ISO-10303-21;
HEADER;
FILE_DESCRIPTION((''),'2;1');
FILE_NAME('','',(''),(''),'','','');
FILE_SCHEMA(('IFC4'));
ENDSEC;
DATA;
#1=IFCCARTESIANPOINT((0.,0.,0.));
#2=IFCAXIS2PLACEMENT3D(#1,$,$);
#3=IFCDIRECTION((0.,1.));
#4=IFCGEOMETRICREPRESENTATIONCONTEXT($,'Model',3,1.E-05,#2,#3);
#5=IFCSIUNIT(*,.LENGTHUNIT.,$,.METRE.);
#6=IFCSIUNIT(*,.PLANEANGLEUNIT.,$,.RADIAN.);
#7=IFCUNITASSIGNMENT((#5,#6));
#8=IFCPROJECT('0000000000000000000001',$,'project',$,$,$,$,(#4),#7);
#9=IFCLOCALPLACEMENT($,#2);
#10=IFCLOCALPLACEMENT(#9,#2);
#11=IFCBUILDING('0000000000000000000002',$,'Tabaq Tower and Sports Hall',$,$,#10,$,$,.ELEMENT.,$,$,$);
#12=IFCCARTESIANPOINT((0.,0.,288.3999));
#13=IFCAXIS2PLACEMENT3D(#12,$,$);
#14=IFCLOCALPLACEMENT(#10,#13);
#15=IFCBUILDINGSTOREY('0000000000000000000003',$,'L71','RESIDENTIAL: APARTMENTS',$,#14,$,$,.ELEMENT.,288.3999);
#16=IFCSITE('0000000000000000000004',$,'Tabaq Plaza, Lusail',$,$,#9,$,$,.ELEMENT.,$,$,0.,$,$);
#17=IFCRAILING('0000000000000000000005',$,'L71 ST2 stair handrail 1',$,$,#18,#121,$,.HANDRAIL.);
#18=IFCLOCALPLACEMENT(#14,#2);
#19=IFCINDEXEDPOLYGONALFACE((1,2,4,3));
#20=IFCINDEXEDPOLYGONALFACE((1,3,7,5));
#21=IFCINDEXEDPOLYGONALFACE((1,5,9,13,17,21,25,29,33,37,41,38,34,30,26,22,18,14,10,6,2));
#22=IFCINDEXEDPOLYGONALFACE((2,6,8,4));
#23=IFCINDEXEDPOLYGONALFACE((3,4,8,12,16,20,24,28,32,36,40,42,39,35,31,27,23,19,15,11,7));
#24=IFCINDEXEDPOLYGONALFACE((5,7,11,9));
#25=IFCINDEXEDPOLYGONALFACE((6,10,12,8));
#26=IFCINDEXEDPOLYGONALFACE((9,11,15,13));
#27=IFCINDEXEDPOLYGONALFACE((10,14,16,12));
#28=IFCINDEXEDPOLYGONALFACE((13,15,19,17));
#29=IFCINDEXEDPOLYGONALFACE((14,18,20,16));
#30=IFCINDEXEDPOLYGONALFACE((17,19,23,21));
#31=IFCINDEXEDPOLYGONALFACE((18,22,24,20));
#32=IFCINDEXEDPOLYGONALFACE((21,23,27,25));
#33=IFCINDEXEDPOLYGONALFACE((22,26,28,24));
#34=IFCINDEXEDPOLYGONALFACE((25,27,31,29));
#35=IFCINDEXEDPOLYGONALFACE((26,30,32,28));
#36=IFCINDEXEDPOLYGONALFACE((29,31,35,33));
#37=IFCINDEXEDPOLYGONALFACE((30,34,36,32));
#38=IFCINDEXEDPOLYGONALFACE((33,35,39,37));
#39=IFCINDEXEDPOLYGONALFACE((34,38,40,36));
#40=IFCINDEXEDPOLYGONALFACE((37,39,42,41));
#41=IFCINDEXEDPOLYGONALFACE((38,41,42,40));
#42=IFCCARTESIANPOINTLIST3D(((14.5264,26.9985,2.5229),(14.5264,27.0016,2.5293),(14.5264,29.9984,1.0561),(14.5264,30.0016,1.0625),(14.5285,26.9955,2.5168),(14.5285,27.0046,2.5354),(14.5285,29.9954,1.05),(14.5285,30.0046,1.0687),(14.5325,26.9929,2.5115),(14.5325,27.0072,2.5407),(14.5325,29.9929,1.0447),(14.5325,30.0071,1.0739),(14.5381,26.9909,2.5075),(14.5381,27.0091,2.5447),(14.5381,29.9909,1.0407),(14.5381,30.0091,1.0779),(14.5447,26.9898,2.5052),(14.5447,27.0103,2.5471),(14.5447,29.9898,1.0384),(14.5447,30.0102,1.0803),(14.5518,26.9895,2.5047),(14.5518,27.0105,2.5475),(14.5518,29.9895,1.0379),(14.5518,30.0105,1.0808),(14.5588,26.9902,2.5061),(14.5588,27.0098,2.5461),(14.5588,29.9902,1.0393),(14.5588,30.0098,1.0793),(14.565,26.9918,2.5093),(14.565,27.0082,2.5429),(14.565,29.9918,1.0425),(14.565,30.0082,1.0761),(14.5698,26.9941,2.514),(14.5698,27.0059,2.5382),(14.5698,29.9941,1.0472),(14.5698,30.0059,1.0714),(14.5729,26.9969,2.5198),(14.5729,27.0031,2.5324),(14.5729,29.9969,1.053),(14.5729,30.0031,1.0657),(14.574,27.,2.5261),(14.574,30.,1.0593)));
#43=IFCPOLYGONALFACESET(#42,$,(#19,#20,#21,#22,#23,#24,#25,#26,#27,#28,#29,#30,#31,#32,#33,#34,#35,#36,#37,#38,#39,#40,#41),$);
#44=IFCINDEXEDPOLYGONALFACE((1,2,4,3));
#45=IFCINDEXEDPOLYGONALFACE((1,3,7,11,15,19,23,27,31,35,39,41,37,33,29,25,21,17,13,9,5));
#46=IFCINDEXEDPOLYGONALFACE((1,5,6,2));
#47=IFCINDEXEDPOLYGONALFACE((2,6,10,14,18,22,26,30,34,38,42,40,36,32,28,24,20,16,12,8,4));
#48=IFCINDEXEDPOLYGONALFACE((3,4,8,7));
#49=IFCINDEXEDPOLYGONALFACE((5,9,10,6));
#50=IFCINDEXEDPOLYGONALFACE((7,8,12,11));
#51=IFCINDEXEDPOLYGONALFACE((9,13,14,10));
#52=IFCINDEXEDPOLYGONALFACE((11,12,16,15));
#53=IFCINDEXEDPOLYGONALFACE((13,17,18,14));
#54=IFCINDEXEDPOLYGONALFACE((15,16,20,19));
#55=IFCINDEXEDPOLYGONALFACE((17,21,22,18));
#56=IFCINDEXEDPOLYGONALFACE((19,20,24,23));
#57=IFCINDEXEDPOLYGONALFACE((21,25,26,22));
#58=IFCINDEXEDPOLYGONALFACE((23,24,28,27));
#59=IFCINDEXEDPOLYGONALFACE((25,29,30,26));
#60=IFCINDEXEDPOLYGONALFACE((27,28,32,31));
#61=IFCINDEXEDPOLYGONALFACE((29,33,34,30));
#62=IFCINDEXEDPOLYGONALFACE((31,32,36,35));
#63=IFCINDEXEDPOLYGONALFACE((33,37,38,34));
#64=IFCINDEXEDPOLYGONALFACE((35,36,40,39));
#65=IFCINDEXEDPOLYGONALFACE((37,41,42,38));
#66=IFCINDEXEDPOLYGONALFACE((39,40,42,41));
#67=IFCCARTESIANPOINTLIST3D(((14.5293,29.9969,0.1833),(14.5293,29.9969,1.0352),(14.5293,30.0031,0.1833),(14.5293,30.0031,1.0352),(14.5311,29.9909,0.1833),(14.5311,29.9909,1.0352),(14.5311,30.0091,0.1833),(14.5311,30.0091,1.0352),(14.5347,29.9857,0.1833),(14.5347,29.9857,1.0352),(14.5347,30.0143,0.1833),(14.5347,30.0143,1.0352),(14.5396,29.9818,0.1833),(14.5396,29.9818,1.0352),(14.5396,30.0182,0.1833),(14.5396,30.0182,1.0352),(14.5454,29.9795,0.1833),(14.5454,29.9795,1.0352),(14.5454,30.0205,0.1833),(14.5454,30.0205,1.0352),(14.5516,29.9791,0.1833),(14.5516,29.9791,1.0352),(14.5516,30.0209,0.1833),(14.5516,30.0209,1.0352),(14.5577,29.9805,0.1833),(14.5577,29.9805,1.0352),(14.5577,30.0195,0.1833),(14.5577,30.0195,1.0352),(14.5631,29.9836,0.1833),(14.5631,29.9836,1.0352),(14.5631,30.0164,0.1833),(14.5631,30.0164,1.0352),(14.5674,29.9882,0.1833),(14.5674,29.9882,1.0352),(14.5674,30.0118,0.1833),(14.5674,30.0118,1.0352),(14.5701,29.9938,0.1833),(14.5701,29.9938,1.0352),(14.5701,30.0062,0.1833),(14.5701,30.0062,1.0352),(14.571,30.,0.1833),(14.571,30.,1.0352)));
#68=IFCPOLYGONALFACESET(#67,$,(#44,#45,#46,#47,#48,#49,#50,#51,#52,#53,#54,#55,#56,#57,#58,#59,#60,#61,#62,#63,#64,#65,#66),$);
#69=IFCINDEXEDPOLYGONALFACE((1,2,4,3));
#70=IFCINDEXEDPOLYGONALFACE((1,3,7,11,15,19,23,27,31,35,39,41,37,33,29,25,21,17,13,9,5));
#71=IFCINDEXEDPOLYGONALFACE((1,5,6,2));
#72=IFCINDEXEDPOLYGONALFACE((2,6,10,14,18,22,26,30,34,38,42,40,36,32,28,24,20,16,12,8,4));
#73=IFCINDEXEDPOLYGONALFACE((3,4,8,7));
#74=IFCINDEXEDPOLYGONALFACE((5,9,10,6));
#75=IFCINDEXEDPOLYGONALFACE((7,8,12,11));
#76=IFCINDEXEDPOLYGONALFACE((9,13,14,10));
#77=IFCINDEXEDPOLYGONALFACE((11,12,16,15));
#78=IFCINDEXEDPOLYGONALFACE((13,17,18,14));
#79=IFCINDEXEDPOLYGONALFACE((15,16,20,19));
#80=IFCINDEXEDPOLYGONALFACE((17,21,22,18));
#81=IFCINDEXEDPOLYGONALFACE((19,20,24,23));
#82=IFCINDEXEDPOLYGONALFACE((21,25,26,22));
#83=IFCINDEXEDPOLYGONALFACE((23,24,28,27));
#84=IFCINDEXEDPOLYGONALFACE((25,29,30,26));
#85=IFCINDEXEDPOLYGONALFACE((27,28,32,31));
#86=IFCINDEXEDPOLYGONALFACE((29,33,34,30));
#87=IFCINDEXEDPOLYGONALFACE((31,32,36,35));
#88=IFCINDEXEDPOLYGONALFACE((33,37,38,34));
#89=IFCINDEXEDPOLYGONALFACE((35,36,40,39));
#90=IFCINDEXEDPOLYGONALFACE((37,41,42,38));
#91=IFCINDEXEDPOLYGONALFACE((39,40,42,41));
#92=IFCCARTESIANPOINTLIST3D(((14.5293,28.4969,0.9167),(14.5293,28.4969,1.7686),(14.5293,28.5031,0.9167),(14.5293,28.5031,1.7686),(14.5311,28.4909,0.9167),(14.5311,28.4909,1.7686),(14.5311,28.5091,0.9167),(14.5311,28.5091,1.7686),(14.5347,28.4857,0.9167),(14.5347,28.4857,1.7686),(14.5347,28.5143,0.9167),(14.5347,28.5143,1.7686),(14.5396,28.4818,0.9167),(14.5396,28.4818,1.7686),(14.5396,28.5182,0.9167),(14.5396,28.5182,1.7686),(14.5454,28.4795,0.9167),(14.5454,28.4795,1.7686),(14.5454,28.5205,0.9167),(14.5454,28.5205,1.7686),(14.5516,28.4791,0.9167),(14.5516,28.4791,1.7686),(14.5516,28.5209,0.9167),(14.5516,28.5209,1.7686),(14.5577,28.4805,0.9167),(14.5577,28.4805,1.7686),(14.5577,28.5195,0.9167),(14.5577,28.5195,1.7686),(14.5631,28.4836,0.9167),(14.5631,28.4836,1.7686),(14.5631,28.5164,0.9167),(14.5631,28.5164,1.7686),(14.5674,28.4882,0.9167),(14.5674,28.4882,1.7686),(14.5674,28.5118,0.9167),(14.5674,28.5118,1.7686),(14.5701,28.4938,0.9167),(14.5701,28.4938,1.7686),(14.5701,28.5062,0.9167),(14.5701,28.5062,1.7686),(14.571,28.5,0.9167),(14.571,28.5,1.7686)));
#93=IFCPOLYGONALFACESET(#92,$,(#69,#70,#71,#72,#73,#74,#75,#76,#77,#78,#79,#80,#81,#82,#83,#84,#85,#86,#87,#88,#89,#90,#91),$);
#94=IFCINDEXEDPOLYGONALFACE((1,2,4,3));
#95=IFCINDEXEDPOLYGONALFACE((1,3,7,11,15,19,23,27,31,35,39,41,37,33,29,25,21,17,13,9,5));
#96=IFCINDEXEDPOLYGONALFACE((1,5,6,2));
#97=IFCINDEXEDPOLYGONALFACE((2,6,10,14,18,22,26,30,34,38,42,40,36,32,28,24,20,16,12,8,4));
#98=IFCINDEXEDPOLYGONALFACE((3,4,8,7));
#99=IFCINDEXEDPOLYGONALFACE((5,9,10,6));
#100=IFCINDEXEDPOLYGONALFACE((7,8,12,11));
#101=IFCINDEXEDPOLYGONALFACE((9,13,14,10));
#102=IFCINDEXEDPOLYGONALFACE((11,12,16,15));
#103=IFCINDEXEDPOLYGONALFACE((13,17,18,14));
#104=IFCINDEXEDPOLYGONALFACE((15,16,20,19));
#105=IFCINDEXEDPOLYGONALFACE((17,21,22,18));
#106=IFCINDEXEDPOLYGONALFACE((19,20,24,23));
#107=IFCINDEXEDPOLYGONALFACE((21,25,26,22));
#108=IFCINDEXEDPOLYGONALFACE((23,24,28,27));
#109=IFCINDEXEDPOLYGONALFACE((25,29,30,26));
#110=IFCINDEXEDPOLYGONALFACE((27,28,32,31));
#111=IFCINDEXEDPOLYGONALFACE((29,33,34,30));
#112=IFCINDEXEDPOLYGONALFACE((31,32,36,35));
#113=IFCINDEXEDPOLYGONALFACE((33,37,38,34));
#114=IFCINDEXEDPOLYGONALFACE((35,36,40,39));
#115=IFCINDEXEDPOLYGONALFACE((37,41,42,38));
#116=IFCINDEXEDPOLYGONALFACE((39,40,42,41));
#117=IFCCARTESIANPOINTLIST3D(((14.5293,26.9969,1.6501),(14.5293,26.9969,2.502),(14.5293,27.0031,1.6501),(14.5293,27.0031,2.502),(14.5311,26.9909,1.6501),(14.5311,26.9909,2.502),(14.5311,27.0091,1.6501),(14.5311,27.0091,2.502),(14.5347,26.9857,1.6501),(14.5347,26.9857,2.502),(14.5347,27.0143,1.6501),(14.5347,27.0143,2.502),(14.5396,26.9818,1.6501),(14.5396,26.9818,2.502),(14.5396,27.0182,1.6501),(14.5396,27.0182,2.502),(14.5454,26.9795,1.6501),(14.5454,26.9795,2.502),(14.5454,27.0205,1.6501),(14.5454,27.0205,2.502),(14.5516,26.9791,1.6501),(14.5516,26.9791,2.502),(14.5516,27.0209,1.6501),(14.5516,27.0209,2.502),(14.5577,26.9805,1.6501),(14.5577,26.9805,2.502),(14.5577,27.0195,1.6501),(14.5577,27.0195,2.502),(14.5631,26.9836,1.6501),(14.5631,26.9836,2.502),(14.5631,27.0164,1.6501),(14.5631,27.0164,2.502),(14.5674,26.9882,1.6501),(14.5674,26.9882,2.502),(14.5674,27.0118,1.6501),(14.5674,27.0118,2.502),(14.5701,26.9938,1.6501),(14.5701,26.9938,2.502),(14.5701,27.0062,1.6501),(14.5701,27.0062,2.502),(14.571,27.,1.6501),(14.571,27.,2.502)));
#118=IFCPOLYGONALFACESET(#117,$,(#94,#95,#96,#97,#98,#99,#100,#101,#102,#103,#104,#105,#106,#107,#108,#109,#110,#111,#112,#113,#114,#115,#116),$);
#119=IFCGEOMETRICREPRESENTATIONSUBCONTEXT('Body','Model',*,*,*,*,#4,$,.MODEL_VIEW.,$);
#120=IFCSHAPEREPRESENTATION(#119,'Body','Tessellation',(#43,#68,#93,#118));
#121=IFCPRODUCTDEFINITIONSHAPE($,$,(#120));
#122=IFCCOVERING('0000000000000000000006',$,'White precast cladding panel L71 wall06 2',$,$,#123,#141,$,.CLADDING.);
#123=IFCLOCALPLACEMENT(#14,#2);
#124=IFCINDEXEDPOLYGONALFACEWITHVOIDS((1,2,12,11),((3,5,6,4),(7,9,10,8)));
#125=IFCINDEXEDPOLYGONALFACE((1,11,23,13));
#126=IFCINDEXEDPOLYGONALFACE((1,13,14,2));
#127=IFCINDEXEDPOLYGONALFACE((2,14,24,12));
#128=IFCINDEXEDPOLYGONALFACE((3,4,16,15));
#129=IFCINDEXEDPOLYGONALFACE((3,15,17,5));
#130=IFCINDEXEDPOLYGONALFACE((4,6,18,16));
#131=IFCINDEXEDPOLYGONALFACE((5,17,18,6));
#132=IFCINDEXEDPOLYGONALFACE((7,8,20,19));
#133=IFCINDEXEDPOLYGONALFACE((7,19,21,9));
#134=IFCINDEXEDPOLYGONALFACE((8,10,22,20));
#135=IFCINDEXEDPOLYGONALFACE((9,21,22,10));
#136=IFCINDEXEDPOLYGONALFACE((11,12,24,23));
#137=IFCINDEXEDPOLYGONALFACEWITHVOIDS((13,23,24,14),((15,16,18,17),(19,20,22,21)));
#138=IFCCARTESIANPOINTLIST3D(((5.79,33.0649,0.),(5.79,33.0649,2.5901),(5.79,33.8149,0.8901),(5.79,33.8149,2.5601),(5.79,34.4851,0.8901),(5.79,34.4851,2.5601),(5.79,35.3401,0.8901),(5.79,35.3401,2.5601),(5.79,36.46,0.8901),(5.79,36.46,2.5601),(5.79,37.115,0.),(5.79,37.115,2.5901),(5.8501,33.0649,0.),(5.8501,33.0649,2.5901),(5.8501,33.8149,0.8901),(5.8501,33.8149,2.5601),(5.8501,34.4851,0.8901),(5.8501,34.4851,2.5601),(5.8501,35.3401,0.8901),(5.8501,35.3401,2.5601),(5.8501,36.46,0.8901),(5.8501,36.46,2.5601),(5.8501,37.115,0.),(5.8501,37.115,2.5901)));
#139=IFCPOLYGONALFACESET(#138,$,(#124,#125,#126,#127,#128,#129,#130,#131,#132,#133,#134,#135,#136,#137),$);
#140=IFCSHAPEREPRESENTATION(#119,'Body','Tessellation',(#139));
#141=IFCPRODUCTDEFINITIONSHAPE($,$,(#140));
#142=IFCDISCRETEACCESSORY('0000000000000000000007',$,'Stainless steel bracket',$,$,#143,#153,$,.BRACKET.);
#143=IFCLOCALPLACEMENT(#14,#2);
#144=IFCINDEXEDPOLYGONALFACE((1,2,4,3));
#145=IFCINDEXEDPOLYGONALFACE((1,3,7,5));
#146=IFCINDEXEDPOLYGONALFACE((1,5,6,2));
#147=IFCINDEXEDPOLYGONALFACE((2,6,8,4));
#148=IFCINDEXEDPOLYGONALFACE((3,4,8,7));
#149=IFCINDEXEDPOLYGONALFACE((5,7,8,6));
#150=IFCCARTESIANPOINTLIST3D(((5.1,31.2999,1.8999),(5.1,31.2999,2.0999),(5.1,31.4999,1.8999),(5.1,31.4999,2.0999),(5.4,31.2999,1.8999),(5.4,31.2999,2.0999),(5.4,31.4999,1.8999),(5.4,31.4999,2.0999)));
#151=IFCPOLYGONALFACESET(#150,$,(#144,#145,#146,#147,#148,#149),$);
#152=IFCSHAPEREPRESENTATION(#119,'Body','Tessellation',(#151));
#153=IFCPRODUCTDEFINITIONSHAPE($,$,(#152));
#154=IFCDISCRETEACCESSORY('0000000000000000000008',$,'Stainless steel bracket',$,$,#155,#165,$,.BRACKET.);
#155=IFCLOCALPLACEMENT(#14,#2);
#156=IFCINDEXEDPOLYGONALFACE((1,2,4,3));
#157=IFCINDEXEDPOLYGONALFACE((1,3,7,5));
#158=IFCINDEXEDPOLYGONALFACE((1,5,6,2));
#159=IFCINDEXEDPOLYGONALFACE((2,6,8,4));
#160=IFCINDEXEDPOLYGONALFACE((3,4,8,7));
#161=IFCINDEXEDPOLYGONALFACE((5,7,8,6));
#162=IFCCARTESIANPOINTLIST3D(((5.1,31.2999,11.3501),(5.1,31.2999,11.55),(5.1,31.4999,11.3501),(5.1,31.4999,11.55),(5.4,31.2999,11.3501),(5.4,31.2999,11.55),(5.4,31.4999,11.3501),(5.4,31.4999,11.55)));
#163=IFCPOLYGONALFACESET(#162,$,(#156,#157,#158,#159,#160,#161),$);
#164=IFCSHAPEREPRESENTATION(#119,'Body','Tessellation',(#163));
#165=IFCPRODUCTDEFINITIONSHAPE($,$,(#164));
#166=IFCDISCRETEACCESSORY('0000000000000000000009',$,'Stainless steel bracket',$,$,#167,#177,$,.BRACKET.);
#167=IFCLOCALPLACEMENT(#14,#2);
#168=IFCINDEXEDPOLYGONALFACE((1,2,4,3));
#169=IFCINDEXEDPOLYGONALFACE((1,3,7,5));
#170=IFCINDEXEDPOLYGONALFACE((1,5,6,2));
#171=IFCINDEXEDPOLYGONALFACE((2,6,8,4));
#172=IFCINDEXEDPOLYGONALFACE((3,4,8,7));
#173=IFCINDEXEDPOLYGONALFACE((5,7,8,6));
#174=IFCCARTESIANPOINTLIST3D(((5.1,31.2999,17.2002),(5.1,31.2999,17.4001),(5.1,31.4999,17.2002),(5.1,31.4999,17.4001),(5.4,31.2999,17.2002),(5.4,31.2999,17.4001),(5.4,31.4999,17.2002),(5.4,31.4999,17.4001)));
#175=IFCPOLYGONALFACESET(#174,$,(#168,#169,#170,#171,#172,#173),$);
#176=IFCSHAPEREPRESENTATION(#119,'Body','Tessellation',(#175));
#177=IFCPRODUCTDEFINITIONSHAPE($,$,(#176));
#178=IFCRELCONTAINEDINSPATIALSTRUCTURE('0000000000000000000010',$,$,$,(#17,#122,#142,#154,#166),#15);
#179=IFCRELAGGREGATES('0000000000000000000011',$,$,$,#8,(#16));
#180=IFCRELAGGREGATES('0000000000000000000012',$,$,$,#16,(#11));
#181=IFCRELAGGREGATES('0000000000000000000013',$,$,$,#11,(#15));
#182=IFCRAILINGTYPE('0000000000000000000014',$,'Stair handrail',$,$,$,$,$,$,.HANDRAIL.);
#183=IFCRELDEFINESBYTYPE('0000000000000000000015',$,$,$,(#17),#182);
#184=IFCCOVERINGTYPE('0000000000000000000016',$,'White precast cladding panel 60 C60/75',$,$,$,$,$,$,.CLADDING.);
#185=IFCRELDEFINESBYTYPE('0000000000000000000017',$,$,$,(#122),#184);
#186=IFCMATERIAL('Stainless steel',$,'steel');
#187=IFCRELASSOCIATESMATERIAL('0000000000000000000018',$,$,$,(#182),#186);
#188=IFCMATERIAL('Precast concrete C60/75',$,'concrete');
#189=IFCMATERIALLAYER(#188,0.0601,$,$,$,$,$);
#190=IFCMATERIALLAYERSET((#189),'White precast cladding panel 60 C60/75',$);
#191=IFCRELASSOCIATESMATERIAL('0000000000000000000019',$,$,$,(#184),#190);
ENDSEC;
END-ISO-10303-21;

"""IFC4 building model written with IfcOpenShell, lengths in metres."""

from ifc_helpers import new_model, si_unit, direction, frame, origin, origin_2d, place, context, subcontext, project, spatial, polyline, rectangle, circle, outline, extrude, material, layer, layer_set, type_object, element, save


model = new_model("IFC4")

# Units and contexts
model_context = context("Model", 3, precision=1e-05, world=origin(), true_north=direction((0.0, 1.0)))
body_context = subcontext(model_context, "Body", "Model", "MODEL_VIEW")
ifc_project = project(units=[si_unit("LENGTHUNIT", "METRE"), si_unit("PLANEANGLEUNIT", "RADIAN")], contexts=[model_context])

# Site, building, storey
site_placement = place(None, origin())
site = spatial("IfcSite", under=ifc_project, at=site_placement, Name="Tabaq Plaza, Lusail", CompositionType="ELEMENT", RefElevation=0.0)
building_placement = place(site_placement, origin())
building = spatial("IfcBuilding", under=site, at=building_placement, Name="Tabaq Tower and Sports Hall", CompositionType="ELEMENT")
storey_placement = place(building_placement, frame((0.0, 0.0, 288.3999)))
storey = spatial("IfcBuildingStorey", under=building, at=storey_placement, Name="L71", Description="RESIDENTIAL: APARTMENTS", CompositionType="ELEMENT", Elevation=288.3999)

# Railing
ifc_material_1 = material(Name="Stainless steel", Category="steel")
railing_type = type_object("IfcRailingType", Name="Stair handrail", PredefinedType="HANDRAIL", material=ifc_material_1)
railing_placement = place(storey_placement, frame((14.55, 30.0, 0.1833)))
element("IfcRailing", 1, at=railing_placement, inside=storey, type_object=railing_type, Name="L71 ST2 stair handrail 1", PredefinedType="HANDRAIL", context=body_context, shape_type="SweptSolid", body=[
    extrude(circle(Radius=0.0239, at=origin_2d()), frame((0.0, 0.0, 0.876), z_axis=(0.0, -0.898369, 0.439242), x_axis=(1.0, 0.0, 0.0)), (0.0, 0.0, 1.0), 3.3394),
    extrude(circle(Radius=0.021, at=origin_2d()), origin(), (0.0, 0.0, 1.0), 0.8518),
    extrude(circle(Radius=0.021, at=origin_2d()), frame((0.0, -1.5, 0.7334)), (0.0, 0.0, 1.0), 0.8518),
    extrude(circle(Radius=0.021, at=origin_2d()), frame((0.0, -3.0, 1.4668)), (0.0, 0.0, 1.0), 0.8518),
])

# Covering
ifc_material_2 = material(Name="Precast concrete C60/75", Category="concrete")
ifc_layer_1 = layer(ifc_material_2, 0.0601)
ifc_layer_set_1 = layer_set([ifc_layer_1], Name="White precast cladding panel 60 C60/75")
covering_type = type_object("IfcCoveringType", Name="White precast cladding panel 60 C60/75", PredefinedType="CLADDING", material=ifc_layer_set_1)
covering_placement = place(storey_placement, frame((5.8201, 37.115, 0.0), z_axis=(0.0, 0.0, 1.0), x_axis=(0.0, -1.0, 0.0)))
element("IfcCovering", 2, at=covering_placement, inside=storey, type_object=covering_type, Name="White precast cladding panel L71 wall06 2", PredefinedType="CLADDING", context=body_context, shape_type="SweptSolid", body=[
    extrude(outline(polyline([(0.0, 0.0), (4.05, 0.0), (4.05, 2.5901), (0.0, 2.5901), (0.0, 0.0)]), holes=[polyline([(0.655, 0.8901), (0.655, 2.5601), (1.7749, 2.5601), (1.7749, 0.8901), (0.655, 0.8901)]), polyline([(2.6299, 0.8901), (2.6299, 2.5601), (3.3, 2.5601), (3.3, 0.8901), (2.6299, 0.8901)])]), frame((0.0, 0.03, 0.0), z_axis=(0.0, -1.0, 0.0), x_axis=(1.0, 0.0, 0.0)), (0.0, 0.0, 1.0), 0.0601),
])

# Discrete accessories
for number, where, z_axis, x_axis, name in (
    (3, (5.25, 31.3999, 1.8999), (0.0, 0.0, 1.0), (0.0, 1.0, 0.0), "Stainless steel bracket"),
    (4, (5.25, 31.3999, 11.3501), (0.0, 0.0, 1.0), (0.0, 1.0, 0.0), "Stainless steel bracket"),
    (5, (5.25, 31.3999, 17.2002), (0.0, 0.0, 1.0), (0.0, 1.0, 0.0), "Stainless steel bracket"),
):
    element("IfcDiscreteAccessory", number, at=place(storey_placement, frame(where, z_axis=z_axis, x_axis=x_axis)), inside=storey, Name=name, PredefinedType="BRACKET", context=body_context, shape_type="SweptSolid", body=[
        extrude(rectangle(XDim=0.2, YDim=0.3, at=origin_2d()), origin(), (0.0, 0.0, 1.0), 0.2),
    ])

save(model, "model.ifc")
